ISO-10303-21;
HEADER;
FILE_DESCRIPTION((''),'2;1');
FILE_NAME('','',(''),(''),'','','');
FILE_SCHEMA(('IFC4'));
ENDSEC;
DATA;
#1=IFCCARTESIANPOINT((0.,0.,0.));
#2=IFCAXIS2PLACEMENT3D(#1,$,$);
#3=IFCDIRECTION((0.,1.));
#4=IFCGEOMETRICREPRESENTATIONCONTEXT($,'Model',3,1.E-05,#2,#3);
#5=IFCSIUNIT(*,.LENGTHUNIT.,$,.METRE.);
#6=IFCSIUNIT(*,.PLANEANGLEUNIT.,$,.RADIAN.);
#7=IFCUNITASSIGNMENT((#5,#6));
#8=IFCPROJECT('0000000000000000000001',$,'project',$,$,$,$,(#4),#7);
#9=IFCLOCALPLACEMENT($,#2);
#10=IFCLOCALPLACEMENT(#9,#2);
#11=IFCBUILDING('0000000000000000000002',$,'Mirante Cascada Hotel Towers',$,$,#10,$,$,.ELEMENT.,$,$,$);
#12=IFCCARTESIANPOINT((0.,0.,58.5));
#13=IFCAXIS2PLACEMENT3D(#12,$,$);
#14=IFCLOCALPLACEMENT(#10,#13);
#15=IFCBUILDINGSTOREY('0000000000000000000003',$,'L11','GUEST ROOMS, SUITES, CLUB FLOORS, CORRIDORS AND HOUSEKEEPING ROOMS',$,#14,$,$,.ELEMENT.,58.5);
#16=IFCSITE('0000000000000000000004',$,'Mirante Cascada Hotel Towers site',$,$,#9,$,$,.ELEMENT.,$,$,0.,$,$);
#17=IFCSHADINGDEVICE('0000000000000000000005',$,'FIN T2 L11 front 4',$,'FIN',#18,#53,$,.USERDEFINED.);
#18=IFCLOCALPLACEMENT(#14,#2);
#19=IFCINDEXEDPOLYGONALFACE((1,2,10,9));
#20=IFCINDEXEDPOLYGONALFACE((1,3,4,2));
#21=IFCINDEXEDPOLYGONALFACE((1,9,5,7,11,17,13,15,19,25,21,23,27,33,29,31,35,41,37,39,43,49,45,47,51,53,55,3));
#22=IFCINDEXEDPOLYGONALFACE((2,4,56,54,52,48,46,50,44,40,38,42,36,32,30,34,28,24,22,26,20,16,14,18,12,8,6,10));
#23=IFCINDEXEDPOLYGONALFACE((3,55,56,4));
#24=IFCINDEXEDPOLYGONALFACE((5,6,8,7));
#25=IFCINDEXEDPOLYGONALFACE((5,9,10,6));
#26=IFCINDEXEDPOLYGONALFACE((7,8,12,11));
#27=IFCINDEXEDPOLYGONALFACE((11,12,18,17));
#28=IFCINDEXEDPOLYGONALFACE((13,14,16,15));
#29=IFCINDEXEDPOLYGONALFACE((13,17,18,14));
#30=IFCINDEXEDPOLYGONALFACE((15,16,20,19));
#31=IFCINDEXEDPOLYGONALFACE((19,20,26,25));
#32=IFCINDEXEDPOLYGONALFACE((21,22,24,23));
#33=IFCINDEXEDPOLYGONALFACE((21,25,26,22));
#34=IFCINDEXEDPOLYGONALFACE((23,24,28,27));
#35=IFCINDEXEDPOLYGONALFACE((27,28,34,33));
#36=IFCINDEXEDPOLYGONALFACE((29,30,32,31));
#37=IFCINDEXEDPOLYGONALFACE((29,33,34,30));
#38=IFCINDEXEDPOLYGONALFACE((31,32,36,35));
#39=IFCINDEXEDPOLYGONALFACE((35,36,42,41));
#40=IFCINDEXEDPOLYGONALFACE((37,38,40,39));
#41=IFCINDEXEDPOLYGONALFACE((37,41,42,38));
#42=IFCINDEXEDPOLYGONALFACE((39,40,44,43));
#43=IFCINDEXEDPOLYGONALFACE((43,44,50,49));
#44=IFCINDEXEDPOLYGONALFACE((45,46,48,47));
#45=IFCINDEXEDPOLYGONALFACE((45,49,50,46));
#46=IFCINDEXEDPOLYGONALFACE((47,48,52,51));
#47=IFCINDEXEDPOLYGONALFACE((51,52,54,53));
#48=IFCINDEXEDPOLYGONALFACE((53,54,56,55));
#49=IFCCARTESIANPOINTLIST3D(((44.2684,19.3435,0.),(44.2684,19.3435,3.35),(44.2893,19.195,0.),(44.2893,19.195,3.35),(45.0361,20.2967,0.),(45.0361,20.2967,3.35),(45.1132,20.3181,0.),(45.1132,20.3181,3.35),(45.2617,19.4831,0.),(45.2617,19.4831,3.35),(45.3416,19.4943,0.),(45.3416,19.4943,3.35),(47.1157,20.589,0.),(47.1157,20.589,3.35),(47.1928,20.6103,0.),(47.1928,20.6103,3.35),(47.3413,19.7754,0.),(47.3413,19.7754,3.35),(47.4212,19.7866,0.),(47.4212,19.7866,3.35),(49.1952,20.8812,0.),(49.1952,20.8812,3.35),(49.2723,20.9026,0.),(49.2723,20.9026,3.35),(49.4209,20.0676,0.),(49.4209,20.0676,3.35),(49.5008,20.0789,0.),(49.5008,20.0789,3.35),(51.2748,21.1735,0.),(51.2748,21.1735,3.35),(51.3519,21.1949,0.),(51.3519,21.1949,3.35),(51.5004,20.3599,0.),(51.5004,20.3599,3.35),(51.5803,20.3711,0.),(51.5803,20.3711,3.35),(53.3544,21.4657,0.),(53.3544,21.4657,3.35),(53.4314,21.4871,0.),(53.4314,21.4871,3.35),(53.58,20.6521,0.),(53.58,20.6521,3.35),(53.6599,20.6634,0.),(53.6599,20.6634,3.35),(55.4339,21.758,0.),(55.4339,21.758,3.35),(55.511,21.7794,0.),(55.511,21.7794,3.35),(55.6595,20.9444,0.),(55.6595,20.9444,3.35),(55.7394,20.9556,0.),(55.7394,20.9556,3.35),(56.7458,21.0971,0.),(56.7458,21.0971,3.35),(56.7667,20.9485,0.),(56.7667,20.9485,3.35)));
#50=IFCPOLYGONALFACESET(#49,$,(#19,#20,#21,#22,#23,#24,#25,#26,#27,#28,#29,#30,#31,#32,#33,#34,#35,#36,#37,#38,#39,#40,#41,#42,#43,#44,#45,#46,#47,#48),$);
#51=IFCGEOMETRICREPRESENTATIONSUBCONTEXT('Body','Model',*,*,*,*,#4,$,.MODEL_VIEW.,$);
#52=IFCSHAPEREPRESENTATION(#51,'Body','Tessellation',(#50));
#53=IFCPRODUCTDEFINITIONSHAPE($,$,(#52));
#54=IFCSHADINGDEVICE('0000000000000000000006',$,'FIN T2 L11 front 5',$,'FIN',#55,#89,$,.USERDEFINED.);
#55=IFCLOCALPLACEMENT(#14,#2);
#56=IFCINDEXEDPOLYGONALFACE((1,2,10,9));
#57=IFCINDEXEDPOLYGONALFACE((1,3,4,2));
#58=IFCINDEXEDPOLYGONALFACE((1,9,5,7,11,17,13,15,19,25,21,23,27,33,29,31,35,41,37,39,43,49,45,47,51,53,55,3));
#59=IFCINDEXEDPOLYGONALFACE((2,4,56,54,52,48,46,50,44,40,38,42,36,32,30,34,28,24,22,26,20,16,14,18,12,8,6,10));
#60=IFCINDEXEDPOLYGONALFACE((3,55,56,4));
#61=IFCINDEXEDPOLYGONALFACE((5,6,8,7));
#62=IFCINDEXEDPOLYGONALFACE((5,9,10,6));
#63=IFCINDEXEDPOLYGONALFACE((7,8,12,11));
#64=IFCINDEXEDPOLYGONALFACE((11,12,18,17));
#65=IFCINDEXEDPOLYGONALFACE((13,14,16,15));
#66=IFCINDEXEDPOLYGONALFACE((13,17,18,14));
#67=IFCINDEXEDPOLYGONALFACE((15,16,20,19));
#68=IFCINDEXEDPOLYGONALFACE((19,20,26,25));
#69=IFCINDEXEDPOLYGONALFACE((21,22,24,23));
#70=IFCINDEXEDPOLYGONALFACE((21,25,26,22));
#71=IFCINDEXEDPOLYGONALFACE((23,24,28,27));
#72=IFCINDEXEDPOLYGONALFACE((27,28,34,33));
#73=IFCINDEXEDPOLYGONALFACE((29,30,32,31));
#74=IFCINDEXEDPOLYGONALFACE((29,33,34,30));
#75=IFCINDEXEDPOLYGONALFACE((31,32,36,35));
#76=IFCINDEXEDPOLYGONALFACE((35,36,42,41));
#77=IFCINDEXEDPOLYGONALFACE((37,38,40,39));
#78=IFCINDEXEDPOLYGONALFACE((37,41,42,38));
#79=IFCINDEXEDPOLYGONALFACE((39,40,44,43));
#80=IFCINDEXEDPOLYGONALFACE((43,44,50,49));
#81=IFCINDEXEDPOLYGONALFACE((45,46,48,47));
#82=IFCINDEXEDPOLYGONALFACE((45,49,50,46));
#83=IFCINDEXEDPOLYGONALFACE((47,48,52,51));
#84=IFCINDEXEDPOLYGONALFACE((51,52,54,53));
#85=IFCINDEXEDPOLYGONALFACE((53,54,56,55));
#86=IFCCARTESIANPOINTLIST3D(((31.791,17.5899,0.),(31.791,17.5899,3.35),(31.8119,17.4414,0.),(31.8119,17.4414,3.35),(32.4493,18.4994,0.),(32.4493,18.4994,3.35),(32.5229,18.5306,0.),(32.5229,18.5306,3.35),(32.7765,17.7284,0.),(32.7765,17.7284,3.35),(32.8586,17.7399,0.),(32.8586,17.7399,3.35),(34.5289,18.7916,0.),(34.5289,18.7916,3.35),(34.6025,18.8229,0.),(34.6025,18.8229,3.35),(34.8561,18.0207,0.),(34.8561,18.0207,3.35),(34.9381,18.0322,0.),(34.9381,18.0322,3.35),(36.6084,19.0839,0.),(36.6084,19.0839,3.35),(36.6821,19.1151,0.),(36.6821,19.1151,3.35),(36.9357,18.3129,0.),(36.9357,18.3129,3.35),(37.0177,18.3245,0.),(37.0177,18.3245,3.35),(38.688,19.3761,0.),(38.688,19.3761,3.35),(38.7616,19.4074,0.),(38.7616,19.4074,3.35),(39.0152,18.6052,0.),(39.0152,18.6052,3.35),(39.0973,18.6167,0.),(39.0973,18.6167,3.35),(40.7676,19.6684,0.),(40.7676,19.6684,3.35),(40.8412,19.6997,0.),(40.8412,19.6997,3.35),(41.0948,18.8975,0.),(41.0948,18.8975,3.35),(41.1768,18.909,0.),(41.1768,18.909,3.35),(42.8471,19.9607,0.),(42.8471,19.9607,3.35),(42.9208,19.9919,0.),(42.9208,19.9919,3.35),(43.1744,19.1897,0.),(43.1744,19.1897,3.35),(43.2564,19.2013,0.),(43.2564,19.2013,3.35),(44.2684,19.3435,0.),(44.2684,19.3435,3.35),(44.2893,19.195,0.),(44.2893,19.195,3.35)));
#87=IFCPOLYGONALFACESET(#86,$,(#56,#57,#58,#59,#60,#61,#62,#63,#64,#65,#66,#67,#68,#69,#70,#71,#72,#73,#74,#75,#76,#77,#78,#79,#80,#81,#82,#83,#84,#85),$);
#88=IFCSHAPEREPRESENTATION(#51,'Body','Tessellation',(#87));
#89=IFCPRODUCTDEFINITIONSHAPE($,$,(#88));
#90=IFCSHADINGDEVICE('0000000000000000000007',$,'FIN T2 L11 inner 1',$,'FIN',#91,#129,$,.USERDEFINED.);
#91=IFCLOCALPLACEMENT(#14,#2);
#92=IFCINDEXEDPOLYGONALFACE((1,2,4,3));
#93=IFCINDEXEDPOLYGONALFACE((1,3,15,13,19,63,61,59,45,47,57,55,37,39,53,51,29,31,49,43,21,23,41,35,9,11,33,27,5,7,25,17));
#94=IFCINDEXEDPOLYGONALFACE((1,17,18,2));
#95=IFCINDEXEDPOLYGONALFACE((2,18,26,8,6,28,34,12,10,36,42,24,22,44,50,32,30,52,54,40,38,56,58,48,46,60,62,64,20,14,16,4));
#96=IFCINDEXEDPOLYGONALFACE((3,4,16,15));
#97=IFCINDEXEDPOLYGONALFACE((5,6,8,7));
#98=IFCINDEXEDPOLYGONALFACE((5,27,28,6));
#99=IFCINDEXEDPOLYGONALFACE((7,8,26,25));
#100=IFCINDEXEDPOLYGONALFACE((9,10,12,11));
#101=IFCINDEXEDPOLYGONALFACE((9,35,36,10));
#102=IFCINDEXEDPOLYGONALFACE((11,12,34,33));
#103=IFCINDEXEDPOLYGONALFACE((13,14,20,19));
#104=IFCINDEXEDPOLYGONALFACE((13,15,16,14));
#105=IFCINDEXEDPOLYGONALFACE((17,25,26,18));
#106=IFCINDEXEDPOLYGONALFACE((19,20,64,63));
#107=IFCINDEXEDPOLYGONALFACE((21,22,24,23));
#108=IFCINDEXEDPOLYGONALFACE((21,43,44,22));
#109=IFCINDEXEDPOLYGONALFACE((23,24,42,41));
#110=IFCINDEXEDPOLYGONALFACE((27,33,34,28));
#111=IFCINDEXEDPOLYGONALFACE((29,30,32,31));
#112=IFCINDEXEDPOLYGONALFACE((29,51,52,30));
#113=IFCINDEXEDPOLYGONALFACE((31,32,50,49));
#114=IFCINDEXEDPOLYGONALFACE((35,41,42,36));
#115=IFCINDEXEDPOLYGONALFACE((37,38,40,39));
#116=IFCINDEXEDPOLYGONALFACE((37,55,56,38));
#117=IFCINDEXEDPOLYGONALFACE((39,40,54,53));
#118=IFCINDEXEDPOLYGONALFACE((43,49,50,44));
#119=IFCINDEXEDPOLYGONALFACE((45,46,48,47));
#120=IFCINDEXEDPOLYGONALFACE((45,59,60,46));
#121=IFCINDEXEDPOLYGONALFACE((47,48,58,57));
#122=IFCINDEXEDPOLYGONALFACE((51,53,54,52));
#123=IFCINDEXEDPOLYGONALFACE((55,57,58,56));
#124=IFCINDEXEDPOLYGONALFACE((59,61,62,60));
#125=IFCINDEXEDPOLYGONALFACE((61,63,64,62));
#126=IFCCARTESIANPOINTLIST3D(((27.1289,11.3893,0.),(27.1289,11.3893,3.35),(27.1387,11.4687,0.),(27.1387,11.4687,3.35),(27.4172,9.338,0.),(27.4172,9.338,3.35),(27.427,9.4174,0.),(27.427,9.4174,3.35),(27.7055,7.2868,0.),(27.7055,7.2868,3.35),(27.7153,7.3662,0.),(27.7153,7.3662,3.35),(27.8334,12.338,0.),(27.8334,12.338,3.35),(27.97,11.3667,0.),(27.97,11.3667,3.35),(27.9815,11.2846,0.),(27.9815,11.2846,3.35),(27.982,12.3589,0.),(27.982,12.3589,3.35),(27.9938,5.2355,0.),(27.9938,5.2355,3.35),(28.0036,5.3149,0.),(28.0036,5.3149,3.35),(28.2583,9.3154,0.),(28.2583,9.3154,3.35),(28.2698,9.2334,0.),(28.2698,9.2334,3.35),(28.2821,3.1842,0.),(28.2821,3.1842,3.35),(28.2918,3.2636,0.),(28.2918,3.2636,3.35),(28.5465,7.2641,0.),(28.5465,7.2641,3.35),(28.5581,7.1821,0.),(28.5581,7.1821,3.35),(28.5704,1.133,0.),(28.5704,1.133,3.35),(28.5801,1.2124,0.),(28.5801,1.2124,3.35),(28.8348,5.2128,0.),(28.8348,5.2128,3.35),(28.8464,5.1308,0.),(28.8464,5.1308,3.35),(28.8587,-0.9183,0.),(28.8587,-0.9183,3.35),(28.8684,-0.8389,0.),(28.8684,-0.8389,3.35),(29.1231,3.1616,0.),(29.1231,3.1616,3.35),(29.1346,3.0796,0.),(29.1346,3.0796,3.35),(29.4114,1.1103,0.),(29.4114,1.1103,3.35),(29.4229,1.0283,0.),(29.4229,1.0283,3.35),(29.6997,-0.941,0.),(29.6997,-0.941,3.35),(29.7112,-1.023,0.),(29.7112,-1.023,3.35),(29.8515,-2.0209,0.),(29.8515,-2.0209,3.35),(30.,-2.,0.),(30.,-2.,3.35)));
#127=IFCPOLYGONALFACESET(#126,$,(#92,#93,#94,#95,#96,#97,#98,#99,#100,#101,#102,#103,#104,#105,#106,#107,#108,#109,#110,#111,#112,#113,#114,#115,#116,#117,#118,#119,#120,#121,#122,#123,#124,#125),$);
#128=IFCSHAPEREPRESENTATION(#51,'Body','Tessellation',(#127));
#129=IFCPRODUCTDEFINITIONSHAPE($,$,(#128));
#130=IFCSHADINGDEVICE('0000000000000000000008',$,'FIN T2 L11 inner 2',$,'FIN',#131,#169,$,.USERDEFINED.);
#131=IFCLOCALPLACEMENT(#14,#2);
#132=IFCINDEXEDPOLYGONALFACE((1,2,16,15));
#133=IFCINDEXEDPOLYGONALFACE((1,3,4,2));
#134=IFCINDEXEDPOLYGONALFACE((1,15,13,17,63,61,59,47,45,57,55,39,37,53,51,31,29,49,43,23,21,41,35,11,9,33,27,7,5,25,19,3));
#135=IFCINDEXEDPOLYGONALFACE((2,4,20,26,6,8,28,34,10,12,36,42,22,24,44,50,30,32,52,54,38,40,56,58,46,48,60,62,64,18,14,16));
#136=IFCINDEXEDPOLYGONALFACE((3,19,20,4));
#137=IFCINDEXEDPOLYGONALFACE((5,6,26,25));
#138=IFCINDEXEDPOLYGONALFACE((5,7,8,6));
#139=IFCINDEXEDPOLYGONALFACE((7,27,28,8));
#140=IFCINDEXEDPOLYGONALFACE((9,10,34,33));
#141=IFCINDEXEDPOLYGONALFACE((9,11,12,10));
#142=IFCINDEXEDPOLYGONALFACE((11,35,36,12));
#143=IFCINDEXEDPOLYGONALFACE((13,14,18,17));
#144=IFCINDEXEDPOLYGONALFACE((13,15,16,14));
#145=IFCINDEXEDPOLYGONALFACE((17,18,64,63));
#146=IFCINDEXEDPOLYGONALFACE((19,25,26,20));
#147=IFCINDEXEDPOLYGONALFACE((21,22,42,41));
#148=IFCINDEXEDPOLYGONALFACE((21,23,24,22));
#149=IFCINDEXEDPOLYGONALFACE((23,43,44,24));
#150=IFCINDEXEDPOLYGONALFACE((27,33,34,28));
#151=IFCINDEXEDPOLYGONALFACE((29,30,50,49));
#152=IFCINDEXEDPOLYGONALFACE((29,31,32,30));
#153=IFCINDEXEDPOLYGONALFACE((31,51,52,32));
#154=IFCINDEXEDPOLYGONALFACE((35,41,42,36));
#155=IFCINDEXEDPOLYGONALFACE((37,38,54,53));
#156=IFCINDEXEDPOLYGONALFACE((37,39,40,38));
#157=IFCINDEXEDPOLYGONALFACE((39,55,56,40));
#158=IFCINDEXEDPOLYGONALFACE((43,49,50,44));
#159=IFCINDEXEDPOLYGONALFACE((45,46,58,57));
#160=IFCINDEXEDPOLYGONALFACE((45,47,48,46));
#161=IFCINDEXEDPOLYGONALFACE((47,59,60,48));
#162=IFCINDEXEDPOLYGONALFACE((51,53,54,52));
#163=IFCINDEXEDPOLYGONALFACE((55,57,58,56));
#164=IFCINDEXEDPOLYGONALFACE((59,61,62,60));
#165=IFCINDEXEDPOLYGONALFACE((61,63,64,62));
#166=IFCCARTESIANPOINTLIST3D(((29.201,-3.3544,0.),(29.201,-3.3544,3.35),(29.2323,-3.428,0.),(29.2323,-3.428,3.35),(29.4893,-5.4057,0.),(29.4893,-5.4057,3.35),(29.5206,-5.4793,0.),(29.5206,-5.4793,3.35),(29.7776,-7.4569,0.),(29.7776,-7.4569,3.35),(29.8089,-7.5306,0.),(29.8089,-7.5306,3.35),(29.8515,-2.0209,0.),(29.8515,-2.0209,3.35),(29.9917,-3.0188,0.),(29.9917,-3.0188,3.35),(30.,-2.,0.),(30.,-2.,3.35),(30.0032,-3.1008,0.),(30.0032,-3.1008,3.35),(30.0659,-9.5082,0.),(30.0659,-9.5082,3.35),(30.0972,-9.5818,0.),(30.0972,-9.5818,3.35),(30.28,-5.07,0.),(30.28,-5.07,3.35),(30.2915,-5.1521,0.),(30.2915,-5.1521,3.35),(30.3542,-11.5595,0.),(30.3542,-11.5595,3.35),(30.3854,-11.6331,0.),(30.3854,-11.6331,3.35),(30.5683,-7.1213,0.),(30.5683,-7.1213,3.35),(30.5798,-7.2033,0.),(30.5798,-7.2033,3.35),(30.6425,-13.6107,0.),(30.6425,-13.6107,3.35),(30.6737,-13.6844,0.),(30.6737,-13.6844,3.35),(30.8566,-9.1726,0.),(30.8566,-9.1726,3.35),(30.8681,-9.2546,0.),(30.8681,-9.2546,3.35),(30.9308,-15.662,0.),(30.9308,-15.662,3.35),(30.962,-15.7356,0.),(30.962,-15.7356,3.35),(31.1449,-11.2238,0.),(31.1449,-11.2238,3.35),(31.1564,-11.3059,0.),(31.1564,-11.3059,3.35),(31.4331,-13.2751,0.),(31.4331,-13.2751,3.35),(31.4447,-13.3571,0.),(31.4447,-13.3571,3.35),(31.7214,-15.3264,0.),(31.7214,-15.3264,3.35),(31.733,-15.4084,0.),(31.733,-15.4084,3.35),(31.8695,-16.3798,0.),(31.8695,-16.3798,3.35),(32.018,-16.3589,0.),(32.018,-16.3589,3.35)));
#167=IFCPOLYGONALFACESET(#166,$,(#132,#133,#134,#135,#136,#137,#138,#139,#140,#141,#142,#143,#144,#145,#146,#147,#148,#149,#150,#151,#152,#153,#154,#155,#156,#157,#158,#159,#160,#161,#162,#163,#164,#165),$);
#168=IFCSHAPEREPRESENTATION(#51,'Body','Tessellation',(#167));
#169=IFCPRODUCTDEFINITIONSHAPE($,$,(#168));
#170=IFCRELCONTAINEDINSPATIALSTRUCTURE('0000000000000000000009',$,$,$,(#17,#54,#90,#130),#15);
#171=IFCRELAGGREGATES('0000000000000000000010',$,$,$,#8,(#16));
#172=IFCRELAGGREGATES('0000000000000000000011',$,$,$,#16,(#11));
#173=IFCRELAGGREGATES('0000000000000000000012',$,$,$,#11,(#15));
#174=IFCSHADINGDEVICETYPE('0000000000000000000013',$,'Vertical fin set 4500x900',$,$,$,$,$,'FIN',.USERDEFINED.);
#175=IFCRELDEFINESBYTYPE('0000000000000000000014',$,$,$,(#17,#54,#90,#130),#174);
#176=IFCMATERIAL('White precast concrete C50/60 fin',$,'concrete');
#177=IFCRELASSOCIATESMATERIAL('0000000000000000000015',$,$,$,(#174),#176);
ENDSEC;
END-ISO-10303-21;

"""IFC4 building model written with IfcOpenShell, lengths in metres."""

from ifc_helpers import new_model, si_unit, direction, frame, origin, place, context, subcontext, project, spatial, polyline, outline, extrude, material, type_object, element, save


model = new_model("IFC4")

# Units and contexts
model_context = context("Model", 3, precision=1e-05, world=origin(), true_north=direction((0.0, 1.0)))
body_context = subcontext(model_context, "Body", "Model", "MODEL_VIEW")
ifc_project = project(units=[si_unit("LENGTHUNIT", "METRE"), si_unit("PLANEANGLEUNIT", "RADIAN")], contexts=[model_context])

# Site, building, storey
site_placement = place(None, origin())
site = spatial("IfcSite", under=ifc_project, at=site_placement, Name="Mirante Cascada Hotel Towers site", CompositionType="ELEMENT", RefElevation=0.0)
building_placement = place(site_placement, origin())
building = spatial("IfcBuilding", under=site, at=building_placement, Name="Mirante Cascada Hotel Towers", CompositionType="ELEMENT")
storey_placement = place(building_placement, frame((0.0, 0.0, 58.5)))
storey = spatial("IfcBuildingStorey", under=building, at=storey_placement, Name="L11", Description="GUEST ROOMS, SUITES, CLUB FLOORS, CORRIDORS AND HOUSEKEEPING ROOMS", CompositionType="ELEMENT", Elevation=58.5)

# Shading devices
ifc_material_1 = material(Name="White precast concrete C50/60 fin", Category="concrete")
shading_device_type = type_object("IfcShadingDeviceType", Name="Vertical fin set 4500x900", ElementType="FIN", PredefinedType="USERDEFINED", material=ifc_material_1)
shading_device_1_placement = place(storey_placement, origin())
element("IfcShadingDevice", 1, at=shading_device_1_placement, inside=storey, type_object=shading_device_type, Name="FIN T2 L11 front 4", ObjectType="FIN", PredefinedType="USERDEFINED", context=body_context, shape_type="SweptSolid", body=[
    extrude(outline(polyline([(45.1132, 20.3181), (45.3416, 19.4943), (47.3413, 19.7754), (47.1157, 20.589), (47.1928, 20.6103), (47.4212, 19.7866), (49.4209, 20.0676), (49.1952, 20.8812), (49.2723, 20.9026), (49.5008, 20.0789), (51.5004, 20.3599), (51.2748, 21.1735), (51.3519, 21.1949), (51.5803, 20.3711), (53.58, 20.6521), (53.3544, 21.4657), (53.4314, 21.4871), (53.6599, 20.6634), (55.6595, 20.9444), (55.4339, 21.758), (55.511, 21.7794), (55.7394, 20.9556), (56.7458, 21.0971), (56.7667, 20.9485), (44.2893, 19.195), (44.2684, 19.3435), (45.2617, 19.4831), (45.0361, 20.2967), (45.1132, 20.3181)])), origin(), (0.0, 0.0, 1.0), 3.35),
])
shading_device_2_placement = place(storey_placement, origin())
element("IfcShadingDevice", 2, at=shading_device_2_placement, inside=storey, type_object=shading_device_type, Name="FIN T2 L11 front 5", ObjectType="FIN", PredefinedType="USERDEFINED", context=body_context, shape_type="SweptSolid", body=[
    extrude(outline(polyline([(32.5229, 18.5306), (32.8586, 17.7399), (34.8561, 18.0207), (34.5289, 18.7916), (34.6025, 18.8229), (34.9381, 18.0322), (36.9357, 18.3129), (36.6084, 19.0839), (36.6821, 19.1151), (37.0177, 18.3245), (39.0152, 18.6052), (38.688, 19.3761), (38.7616, 19.4074), (39.0973, 18.6167), (41.0948, 18.8975), (40.7676, 19.6684), (40.8412, 19.6997), (41.1768, 18.909), (43.1744, 19.1897), (42.8471, 19.9607), (42.9208, 19.9919), (43.2564, 19.2013), (44.2684, 19.3435), (44.2893, 19.195), (31.8119, 17.4414), (31.791, 17.5899), (32.7765, 17.7284), (32.4493, 18.4994), (32.5229, 18.5306)])), origin(), (0.0, 0.0, 1.0), 3.35),
])
shading_device_3_placement = place(storey_placement, origin())
element("IfcShadingDevice", 3, at=shading_device_3_placement, inside=storey, type_object=shading_device_type, Name="FIN T2 L11 inner 1", ObjectType="FIN", PredefinedType="USERDEFINED", context=body_context, shape_type="SweptSolid", body=[
    extrude(outline(polyline([(28.8684, -0.8389), (29.6997, -0.941), (29.4229, 1.0283), (28.5704, 1.133), (28.5801, 1.2124), (29.4114, 1.1103), (29.1346, 3.0796), (28.2821, 3.1842), (28.2918, 3.2636), (29.1231, 3.1616), (28.8464, 5.1308), (27.9938, 5.2355), (28.0036, 5.3149), (28.8348, 5.2128), (28.5581, 7.1821), (27.7055, 7.2868), (27.7153, 7.3662), (28.5465, 7.2641), (28.2698, 9.2334), (27.4172, 9.338), (27.427, 9.4174), (28.2583, 9.3154), (27.9815, 11.2846), (27.1289, 11.3893), (27.1387, 11.4687), (27.97, 11.3667), (27.8334, 12.338), (27.982, 12.3589), (30.0, -2.0), (29.8515, -2.0209), (29.7112, -1.023), (28.8587, -0.9183), (28.8684, -0.8389)])), origin(), (0.0, 0.0, 1.0), 3.35),
])
shading_device_4_placement = place(storey_placement, origin())
element("IfcShadingDevice", 4, at=shading_device_4_placement, inside=storey, type_object=shading_device_type, Name="FIN T2 L11 inner 2", ObjectType="FIN", PredefinedType="USERDEFINED", context=body_context, shape_type="SweptSolid", body=[
    extrude(outline(polyline([(30.9308, -15.662), (31.7214, -15.3264), (31.4447, -13.3571), (30.6737, -13.6844), (30.6425, -13.6107), (31.4331, -13.2751), (31.1564, -11.3059), (30.3854, -11.6331), (30.3542, -11.5595), (31.1449, -11.2238), (30.8681, -9.2546), (30.0972, -9.5818), (30.0659, -9.5082), (30.8566, -9.1726), (30.5798, -7.2033), (29.8089, -7.5306), (29.7776, -7.4569), (30.5683, -7.1213), (30.2915, -5.1521), (29.5206, -5.4793), (29.4893, -5.4057), (30.28, -5.07), (30.0032, -3.1008), (29.2323, -3.428), (29.201, -3.3544), (29.9917, -3.0188), (29.8515, -2.0209), (30.0, -2.0), (32.018, -16.3589), (31.8695, -16.3798), (31.733, -15.4084), (30.962, -15.7356), (30.9308, -15.662)])), origin(), (0.0, 0.0, 1.0), 3.35),
])

save(model, "model.ifc")
